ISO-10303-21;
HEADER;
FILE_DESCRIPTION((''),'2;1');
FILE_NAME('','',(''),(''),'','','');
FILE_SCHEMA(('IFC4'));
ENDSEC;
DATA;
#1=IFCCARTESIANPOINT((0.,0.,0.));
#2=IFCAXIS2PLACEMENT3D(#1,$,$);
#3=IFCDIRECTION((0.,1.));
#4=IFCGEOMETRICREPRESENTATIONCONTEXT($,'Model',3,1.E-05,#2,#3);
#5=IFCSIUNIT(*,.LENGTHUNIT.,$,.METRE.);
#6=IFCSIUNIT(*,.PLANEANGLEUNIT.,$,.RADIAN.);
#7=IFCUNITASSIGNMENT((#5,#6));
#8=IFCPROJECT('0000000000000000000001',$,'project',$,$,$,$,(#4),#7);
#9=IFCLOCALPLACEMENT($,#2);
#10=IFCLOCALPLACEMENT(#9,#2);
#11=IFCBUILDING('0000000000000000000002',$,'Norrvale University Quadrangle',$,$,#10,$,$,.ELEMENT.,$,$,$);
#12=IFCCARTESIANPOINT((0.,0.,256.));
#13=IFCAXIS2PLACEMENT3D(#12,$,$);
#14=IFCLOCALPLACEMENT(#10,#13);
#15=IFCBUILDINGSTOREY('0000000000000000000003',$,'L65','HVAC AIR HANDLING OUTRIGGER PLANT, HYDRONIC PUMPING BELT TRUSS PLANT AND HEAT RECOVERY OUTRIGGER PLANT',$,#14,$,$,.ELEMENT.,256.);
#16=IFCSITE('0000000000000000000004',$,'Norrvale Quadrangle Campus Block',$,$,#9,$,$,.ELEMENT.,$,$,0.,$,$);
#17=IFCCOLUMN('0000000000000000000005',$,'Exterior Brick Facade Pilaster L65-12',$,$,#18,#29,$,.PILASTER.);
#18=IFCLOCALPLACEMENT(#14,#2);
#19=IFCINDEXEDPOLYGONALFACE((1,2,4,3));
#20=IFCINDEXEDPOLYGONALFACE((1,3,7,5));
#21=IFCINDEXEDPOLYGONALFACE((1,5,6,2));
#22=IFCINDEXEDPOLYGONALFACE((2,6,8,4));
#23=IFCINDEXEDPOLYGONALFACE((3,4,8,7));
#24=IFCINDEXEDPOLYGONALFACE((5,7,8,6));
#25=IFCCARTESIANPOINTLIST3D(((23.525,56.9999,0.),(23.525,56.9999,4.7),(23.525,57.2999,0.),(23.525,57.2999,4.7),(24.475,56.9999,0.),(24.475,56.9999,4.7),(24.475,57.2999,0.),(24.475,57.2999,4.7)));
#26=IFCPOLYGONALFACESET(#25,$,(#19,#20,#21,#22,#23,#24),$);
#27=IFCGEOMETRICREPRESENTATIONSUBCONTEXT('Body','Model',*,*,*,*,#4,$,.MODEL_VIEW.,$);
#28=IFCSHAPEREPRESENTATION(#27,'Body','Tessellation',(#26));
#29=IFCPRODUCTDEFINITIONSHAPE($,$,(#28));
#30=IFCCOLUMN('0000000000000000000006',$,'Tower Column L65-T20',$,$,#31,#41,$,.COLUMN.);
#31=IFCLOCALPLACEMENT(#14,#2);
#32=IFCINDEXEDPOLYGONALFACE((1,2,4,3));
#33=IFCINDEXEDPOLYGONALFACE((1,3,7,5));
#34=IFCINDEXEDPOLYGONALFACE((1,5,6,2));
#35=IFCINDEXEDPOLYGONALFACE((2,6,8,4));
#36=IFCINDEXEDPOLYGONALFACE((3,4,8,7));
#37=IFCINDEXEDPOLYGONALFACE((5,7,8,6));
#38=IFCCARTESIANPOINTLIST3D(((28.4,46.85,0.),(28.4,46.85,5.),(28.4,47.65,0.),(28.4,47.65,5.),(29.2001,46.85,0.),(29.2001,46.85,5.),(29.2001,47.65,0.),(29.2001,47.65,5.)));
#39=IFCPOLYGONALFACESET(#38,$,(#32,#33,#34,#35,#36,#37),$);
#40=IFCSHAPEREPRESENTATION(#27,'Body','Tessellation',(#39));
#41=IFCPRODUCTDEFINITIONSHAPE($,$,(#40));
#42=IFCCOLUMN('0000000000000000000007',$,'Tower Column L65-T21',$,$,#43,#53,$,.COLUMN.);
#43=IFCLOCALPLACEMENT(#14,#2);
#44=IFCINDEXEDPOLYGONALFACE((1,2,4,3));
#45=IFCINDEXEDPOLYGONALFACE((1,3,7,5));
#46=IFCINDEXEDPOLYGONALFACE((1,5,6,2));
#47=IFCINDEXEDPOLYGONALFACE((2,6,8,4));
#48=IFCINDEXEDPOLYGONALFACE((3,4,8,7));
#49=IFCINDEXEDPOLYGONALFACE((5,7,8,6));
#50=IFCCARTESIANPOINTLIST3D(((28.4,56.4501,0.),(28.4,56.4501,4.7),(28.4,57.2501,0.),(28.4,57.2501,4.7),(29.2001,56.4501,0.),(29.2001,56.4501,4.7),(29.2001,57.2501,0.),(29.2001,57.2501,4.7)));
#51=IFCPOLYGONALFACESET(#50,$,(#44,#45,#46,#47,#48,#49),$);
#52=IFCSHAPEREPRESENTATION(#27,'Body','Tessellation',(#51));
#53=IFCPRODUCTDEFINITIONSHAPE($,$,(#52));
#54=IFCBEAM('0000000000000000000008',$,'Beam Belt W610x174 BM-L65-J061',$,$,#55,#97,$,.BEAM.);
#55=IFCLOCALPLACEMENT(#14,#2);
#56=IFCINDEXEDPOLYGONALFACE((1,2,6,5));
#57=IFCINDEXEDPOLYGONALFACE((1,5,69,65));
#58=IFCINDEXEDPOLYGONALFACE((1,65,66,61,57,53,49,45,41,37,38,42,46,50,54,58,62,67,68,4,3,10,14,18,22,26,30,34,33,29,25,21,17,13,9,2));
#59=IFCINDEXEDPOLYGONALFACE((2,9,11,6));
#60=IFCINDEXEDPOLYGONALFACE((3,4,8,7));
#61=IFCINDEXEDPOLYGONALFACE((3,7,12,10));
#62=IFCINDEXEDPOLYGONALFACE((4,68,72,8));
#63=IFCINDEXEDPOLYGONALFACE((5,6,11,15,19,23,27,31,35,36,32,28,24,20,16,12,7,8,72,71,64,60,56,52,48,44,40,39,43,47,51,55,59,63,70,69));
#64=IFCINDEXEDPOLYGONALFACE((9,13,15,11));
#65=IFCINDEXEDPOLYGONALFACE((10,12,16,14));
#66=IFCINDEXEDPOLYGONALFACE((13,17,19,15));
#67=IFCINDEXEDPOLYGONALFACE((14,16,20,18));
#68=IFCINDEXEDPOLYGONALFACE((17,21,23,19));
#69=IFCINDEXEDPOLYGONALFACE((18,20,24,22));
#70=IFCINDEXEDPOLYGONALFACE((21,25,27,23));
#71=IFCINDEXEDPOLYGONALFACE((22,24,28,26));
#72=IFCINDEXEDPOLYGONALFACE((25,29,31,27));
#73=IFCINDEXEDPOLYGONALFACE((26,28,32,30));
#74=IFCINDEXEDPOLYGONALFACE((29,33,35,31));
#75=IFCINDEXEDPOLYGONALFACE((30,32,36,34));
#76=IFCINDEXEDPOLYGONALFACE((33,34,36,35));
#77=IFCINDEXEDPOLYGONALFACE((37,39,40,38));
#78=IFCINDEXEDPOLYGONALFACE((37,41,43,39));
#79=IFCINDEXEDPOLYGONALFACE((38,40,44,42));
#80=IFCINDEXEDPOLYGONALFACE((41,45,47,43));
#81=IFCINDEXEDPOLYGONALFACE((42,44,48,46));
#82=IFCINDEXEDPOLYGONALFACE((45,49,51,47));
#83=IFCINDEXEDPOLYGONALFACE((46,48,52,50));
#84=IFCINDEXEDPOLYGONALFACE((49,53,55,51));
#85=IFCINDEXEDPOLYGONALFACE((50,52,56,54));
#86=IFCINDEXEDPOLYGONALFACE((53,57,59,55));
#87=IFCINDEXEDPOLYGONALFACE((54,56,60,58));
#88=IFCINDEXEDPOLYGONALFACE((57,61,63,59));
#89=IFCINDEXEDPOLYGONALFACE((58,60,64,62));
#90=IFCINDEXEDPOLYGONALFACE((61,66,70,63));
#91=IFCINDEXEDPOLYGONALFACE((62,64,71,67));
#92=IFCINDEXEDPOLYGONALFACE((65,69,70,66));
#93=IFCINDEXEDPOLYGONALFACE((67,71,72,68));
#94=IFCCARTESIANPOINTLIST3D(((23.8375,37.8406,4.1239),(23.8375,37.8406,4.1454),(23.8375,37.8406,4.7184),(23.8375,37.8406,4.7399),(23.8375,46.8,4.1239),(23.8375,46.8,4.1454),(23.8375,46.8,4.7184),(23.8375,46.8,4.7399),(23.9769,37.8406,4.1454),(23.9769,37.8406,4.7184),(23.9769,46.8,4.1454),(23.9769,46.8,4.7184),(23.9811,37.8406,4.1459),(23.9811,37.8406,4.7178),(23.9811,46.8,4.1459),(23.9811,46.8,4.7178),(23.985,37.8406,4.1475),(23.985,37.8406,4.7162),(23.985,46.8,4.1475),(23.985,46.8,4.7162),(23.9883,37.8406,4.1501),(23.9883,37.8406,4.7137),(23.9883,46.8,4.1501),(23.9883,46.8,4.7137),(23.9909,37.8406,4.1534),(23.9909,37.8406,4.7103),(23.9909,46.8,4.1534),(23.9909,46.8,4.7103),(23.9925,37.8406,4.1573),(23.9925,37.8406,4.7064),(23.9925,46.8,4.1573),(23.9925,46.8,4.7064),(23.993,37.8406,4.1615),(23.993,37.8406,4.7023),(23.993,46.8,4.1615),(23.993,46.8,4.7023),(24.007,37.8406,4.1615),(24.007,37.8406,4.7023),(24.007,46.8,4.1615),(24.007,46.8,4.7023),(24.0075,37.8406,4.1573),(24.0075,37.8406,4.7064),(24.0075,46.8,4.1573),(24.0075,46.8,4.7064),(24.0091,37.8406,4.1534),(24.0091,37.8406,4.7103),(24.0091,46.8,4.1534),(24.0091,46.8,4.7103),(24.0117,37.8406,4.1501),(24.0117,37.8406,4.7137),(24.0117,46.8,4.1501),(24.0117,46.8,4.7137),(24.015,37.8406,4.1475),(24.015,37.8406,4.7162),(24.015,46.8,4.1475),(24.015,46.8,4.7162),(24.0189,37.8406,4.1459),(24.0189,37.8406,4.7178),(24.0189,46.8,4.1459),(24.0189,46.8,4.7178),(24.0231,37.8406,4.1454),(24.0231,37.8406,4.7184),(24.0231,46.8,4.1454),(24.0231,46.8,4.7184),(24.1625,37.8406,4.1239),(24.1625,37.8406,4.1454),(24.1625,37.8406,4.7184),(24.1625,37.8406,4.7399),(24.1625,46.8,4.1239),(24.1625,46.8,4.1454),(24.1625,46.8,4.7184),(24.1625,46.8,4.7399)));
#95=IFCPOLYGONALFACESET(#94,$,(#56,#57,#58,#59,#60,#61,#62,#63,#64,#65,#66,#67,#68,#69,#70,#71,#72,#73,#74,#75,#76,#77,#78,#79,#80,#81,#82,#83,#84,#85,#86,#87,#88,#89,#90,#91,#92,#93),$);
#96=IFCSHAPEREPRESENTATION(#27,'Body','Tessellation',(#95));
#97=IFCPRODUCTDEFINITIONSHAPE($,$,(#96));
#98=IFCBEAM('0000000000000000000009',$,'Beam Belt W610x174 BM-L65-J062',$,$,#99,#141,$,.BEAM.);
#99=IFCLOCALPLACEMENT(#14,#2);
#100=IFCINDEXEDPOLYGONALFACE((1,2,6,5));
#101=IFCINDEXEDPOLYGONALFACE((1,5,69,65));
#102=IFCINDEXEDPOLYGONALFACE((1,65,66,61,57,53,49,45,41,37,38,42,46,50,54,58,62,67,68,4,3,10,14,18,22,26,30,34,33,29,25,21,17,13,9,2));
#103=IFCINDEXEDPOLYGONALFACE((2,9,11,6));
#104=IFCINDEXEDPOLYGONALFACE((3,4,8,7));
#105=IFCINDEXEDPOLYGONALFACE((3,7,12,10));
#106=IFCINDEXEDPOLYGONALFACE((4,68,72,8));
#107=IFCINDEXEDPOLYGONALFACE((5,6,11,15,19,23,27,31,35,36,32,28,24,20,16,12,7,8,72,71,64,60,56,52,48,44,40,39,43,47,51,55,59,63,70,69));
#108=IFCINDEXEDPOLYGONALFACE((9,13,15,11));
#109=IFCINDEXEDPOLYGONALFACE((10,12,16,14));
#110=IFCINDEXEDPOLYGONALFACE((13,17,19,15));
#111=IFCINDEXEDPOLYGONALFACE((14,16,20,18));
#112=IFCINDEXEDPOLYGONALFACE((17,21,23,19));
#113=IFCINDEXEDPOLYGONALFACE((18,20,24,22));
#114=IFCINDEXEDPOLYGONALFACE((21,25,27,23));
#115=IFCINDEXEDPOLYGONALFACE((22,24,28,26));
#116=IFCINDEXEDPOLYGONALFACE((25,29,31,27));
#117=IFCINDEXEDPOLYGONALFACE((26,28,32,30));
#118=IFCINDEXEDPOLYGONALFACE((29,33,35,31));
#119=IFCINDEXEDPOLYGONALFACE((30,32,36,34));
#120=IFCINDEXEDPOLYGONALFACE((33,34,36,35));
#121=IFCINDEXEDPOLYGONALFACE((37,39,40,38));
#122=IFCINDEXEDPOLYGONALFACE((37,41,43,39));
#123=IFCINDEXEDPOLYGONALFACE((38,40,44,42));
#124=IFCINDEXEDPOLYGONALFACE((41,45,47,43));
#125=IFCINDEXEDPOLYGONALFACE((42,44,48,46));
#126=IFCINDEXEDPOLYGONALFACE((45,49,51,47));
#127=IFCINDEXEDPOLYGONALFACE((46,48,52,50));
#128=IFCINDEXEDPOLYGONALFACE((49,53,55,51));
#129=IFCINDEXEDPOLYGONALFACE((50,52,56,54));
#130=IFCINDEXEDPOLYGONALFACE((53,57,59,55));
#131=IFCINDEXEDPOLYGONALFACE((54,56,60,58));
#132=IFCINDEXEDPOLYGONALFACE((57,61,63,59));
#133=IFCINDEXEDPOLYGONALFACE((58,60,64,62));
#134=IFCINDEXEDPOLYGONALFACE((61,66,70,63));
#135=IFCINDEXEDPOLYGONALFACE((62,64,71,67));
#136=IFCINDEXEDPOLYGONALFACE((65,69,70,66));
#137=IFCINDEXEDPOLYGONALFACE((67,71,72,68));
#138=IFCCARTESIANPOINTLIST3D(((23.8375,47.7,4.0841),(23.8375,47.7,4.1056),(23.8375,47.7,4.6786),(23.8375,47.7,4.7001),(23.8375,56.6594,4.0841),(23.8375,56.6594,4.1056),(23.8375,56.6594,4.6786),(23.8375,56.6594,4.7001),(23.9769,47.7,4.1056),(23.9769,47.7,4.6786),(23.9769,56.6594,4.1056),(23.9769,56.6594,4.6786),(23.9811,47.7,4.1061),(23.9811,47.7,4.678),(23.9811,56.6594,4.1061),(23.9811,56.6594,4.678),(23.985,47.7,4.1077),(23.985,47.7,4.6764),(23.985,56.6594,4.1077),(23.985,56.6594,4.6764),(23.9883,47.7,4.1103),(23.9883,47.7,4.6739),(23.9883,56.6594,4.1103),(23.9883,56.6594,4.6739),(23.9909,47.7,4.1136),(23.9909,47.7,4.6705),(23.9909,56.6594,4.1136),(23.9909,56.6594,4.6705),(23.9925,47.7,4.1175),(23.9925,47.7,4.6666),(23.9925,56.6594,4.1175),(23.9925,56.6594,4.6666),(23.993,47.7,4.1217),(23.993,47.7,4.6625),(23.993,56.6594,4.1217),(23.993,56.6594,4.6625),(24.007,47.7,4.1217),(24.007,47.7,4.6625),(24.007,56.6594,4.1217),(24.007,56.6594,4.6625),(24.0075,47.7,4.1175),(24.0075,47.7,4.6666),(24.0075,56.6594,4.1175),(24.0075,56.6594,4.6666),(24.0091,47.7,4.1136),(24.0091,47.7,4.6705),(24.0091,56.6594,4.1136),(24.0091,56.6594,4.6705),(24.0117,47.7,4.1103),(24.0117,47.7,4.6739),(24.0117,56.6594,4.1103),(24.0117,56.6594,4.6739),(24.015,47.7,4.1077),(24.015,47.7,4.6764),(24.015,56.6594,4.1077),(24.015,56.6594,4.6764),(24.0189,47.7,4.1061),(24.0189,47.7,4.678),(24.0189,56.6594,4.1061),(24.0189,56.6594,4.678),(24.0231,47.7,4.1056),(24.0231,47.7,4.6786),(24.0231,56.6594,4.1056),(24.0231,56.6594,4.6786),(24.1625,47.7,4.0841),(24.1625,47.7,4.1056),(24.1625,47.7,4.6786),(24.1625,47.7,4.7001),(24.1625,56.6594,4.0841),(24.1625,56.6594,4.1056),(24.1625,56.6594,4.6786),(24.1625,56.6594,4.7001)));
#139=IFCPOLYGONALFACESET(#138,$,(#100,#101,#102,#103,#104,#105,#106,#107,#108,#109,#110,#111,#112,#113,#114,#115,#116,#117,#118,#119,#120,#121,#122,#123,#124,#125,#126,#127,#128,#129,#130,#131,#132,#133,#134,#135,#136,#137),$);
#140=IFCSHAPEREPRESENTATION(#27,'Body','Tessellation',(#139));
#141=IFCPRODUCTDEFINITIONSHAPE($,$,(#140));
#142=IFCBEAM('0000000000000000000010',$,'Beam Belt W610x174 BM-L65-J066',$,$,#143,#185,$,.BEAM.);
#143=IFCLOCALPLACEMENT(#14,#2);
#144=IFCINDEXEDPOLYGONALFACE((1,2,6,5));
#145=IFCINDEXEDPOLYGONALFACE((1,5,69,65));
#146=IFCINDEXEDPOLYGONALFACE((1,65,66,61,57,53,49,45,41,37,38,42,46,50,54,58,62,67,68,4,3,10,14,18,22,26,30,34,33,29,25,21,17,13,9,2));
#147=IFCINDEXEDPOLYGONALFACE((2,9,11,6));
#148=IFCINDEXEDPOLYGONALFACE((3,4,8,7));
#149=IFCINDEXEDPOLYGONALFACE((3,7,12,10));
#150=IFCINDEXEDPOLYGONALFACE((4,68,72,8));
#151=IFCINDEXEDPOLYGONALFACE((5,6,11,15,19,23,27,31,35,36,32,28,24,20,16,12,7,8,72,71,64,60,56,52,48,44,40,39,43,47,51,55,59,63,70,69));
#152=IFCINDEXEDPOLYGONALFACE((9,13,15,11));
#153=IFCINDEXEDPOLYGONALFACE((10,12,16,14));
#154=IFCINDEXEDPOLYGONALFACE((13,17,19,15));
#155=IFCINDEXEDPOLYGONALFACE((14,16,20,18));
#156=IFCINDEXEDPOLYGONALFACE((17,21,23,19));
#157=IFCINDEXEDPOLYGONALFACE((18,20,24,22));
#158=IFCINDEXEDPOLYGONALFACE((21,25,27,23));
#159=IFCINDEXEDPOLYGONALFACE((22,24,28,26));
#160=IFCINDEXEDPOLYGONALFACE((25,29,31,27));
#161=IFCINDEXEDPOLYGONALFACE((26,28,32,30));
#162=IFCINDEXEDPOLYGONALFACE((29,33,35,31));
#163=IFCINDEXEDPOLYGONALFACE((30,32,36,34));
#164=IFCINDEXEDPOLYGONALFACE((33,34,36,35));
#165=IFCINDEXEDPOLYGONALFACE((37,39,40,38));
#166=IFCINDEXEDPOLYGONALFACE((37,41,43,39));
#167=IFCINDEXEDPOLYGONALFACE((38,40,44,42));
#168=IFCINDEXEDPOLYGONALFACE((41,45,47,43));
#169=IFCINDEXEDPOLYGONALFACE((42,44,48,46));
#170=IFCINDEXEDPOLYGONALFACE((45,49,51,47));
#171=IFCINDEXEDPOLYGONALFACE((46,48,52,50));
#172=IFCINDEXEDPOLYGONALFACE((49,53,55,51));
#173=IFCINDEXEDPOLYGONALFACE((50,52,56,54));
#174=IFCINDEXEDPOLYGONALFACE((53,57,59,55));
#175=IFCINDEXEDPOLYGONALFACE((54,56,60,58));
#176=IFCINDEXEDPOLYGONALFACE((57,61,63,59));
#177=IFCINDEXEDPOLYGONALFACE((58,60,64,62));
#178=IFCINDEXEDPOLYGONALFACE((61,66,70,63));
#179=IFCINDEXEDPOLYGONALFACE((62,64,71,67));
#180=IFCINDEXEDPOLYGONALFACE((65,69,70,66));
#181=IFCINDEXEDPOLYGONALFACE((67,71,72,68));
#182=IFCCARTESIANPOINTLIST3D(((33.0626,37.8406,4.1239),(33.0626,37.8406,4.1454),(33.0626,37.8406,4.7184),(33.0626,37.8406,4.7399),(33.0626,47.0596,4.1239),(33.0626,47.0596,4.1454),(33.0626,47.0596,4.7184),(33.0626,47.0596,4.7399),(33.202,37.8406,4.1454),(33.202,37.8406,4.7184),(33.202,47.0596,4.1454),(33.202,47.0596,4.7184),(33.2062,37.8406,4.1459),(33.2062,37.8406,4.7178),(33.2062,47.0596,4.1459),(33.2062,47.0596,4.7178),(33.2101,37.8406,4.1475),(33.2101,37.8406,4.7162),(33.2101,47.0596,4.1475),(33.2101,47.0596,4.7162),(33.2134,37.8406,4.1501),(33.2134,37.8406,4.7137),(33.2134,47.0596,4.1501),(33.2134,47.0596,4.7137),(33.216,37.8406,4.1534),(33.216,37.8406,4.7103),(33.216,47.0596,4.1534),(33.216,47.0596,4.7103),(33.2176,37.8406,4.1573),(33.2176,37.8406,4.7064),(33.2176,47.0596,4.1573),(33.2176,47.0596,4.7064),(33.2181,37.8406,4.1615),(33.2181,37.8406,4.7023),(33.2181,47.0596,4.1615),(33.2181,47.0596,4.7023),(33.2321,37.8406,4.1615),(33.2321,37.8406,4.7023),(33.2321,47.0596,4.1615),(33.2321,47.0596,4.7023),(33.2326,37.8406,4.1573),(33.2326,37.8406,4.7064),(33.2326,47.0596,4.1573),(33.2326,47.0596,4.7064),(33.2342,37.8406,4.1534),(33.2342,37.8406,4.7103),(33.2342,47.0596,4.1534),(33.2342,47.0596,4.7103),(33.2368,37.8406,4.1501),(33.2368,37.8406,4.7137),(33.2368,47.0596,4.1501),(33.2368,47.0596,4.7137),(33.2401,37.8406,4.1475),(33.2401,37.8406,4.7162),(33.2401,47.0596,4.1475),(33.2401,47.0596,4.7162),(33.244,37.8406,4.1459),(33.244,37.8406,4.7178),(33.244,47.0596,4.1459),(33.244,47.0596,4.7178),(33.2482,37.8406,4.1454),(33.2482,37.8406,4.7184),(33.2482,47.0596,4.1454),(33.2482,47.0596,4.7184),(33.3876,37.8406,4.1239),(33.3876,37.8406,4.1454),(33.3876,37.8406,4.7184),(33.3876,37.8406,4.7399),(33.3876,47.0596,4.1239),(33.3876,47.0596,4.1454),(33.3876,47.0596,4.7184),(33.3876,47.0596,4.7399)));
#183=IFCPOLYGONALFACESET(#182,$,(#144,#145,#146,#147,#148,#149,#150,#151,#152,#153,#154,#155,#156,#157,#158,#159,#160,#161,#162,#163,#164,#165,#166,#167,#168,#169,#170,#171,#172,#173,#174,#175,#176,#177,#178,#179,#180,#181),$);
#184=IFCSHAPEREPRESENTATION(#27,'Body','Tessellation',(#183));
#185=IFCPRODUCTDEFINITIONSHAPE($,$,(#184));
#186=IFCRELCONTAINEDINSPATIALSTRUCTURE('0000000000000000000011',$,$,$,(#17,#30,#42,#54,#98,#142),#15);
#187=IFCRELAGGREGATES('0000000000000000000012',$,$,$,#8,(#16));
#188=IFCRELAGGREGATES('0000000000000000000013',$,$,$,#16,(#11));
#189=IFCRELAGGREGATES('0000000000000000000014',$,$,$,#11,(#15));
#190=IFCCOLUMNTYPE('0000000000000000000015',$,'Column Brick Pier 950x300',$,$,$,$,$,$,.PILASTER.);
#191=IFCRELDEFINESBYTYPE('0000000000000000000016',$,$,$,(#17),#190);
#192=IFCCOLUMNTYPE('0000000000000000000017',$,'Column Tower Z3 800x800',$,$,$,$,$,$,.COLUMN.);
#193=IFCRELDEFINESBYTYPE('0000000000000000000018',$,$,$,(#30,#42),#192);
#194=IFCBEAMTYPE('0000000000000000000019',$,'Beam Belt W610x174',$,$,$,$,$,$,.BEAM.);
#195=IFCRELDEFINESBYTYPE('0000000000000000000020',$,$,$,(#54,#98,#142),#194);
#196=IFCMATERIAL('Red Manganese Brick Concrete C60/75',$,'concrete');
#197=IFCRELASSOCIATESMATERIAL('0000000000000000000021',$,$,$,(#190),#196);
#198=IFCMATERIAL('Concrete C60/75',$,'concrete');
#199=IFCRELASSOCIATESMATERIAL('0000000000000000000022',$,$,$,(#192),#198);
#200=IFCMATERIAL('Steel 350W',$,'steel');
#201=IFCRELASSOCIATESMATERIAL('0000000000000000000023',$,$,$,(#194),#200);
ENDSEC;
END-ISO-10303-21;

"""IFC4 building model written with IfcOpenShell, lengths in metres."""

from ifc_helpers import new_model, si_unit, direction, frame, origin, origin_2d, place, context, subcontext, project, spatial, rectangle, i_section, extrude, material, material_profile, profile_set, type_object, element, save


model = new_model("IFC4")

# Units and contexts
model_context = context("Model", 3, precision=1e-05, world=origin(), true_north=direction((0.0, 1.0)))
body_context = subcontext(model_context, "Body", "Model", "MODEL_VIEW")
ifc_project = project(units=[si_unit("LENGTHUNIT", "METRE"), si_unit("PLANEANGLEUNIT", "RADIAN")], contexts=[model_context])

# Site, building, storey
site_placement = place(None, origin())
site = spatial("IfcSite", under=ifc_project, at=site_placement, Name="Norrvale Quadrangle Campus Block", CompositionType="ELEMENT", RefElevation=0.0)
building_placement = place(site_placement, origin())
building = spatial("IfcBuilding", under=site, at=building_placement, Name="Norrvale University Quadrangle", CompositionType="ELEMENT")
storey_placement = place(building_placement, frame((0.0, 0.0, 256.0)))
storey = spatial("IfcBuildingStorey", under=building, at=storey_placement, Name="L65", Description="HVAC AIR HANDLING OUTRIGGER PLANT, HYDRONIC PUMPING BELT TRUSS PLANT AND HEAT RECOVERY OUTRIGGER PLANT", CompositionType="ELEMENT", Elevation=256.0)

# Columns
ifc_material_1 = material(Name="Red Manganese Brick Concrete C60/75", Category="concrete")
ifc_material_profile_1 = material_profile(ifc_material_1, rectangle(XDim=0.95, YDim=0.3, at=origin_2d()), Name="Red Manganese Brick Concrete C60/75")
ifc_profile_set_1 = profile_set([ifc_material_profile_1], Name="Red Manganese Brick Concrete C60/75")
column_type_1 = type_object("IfcColumnType", Name="Column Brick Pier 950x300", PredefinedType="PILASTER", material=ifc_profile_set_1)
column_1_placement = place(storey_placement, frame((24.0, 57.1499, 0.0), z_axis=(0.0, 0.0, 1.0), x_axis=(1.0, 0.0, 0.0)))
element("IfcColumn", 1, at=column_1_placement, inside=storey, type_object=column_type_1, Name="Exterior Brick Facade Pilaster L65-12", PredefinedType="PILASTER", context=body_context, shape_type="SweptSolid", body=[
    extrude(rectangle(XDim=0.95, YDim=0.3, at=origin_2d()), origin(), (0.0, 0.0, 1.0), 4.7),
])
ifc_material_2 = material(Name="Concrete C60/75", Category="concrete")
ifc_material_profile_2 = material_profile(ifc_material_2, rectangle(XDim=0.8, YDim=0.8, at=origin_2d()), Name="Concrete C60/75")
ifc_profile_set_2 = profile_set([ifc_material_profile_2], Name="Concrete C60/75")
column_type_2 = type_object("IfcColumnType", Name="Column Tower Z3 800x800", PredefinedType="COLUMN", material=ifc_profile_set_2)
column_2_placement = place(storey_placement, frame((28.8, 47.25, 0.0), z_axis=(0.0, 0.0, 1.0), x_axis=(1.0, 0.0, 0.0)))
element("IfcColumn", 2, at=column_2_placement, inside=storey, type_object=column_type_2, Name="Tower Column L65-T20", PredefinedType="COLUMN", context=body_context, shape_type="SweptSolid", body=[
    extrude(rectangle(XDim=0.8, YDim=0.8, at=origin_2d()), origin(), (0.0, 0.0, 1.0), 5.0),
])
column_3_placement = place(storey_placement, frame((28.8, 56.8501, 0.0), z_axis=(0.0, 0.0, 1.0), x_axis=(1.0, 0.0, 0.0)))
element("IfcColumn", 3, at=column_3_placement, inside=storey, type_object=column_type_2, Name="Tower Column L65-T21", PredefinedType="COLUMN", context=body_context, shape_type="SweptSolid", body=[
    extrude(rectangle(XDim=0.8, YDim=0.8, at=origin_2d()), origin(), (0.0, 0.0, 1.0), 4.7),
])

# Beams
ifc_material_3 = material(Name="Steel 350W", Category="steel")
ifc_material_profile_3 = material_profile(ifc_material_3, i_section(OverallWidth=0.325, OverallDepth=0.616, WebThickness=0.0139, FlangeThickness=0.0215, FilletRadius=0.0161, at=origin_2d()), Name="Steel 350W")
ifc_profile_set_3 = profile_set([ifc_material_profile_3], Name="Steel 350W")
beam_type_1 = type_object("IfcBeamType", Name="Beam Belt W610x174", PredefinedType="BEAM", material=ifc_profile_set_3)
for number, where, z_axis, x_axis, name in (
    (4, (24.0, 37.8406, 4.4319), (0.0, 1.0, 0.0), (-1.0, 0.0, 0.0), "Beam Belt W610x174 BM-L65-J061"),
    (5, (24.0, 47.7, 4.3921), (0.0, 1.0, 0.0), (-1.0, 0.0, 0.0), "Beam Belt W610x174 BM-L65-J062"),
):
    element("IfcBeam", number, at=place(storey_placement, frame(where, z_axis=z_axis, x_axis=x_axis)), inside=storey, type_object=beam_type_1, Name=name, PredefinedType="BEAM", context=body_context, shape_type="SweptSolid", body=[
        extrude(i_section(OverallWidth=0.325, OverallDepth=0.616, WebThickness=0.0139, FlangeThickness=0.0215, FilletRadius=0.0161, at=origin_2d()), origin(), (0.0, 0.0, 1.0), 8.9595),
    ])
beam_1_placement = place(storey_placement, frame((33.2251, 37.8406, 4.4319), z_axis=(0.0, 1.0, 0.0), x_axis=(-1.0, 0.0, 0.0)))
element("IfcBeam", 6, at=beam_1_placement, inside=storey, type_object=beam_type_1, Name="Beam Belt W610x174 BM-L65-J066", PredefinedType="BEAM", context=body_context, shape_type="SweptSolid", body=[
    extrude(i_section(OverallWidth=0.325, OverallDepth=0.616, WebThickness=0.0139, FlangeThickness=0.0215, FilletRadius=0.0161, at=origin_2d()), origin(), (0.0, 0.0, 1.0), 9.219),
])

save(model, "model.ifc")
